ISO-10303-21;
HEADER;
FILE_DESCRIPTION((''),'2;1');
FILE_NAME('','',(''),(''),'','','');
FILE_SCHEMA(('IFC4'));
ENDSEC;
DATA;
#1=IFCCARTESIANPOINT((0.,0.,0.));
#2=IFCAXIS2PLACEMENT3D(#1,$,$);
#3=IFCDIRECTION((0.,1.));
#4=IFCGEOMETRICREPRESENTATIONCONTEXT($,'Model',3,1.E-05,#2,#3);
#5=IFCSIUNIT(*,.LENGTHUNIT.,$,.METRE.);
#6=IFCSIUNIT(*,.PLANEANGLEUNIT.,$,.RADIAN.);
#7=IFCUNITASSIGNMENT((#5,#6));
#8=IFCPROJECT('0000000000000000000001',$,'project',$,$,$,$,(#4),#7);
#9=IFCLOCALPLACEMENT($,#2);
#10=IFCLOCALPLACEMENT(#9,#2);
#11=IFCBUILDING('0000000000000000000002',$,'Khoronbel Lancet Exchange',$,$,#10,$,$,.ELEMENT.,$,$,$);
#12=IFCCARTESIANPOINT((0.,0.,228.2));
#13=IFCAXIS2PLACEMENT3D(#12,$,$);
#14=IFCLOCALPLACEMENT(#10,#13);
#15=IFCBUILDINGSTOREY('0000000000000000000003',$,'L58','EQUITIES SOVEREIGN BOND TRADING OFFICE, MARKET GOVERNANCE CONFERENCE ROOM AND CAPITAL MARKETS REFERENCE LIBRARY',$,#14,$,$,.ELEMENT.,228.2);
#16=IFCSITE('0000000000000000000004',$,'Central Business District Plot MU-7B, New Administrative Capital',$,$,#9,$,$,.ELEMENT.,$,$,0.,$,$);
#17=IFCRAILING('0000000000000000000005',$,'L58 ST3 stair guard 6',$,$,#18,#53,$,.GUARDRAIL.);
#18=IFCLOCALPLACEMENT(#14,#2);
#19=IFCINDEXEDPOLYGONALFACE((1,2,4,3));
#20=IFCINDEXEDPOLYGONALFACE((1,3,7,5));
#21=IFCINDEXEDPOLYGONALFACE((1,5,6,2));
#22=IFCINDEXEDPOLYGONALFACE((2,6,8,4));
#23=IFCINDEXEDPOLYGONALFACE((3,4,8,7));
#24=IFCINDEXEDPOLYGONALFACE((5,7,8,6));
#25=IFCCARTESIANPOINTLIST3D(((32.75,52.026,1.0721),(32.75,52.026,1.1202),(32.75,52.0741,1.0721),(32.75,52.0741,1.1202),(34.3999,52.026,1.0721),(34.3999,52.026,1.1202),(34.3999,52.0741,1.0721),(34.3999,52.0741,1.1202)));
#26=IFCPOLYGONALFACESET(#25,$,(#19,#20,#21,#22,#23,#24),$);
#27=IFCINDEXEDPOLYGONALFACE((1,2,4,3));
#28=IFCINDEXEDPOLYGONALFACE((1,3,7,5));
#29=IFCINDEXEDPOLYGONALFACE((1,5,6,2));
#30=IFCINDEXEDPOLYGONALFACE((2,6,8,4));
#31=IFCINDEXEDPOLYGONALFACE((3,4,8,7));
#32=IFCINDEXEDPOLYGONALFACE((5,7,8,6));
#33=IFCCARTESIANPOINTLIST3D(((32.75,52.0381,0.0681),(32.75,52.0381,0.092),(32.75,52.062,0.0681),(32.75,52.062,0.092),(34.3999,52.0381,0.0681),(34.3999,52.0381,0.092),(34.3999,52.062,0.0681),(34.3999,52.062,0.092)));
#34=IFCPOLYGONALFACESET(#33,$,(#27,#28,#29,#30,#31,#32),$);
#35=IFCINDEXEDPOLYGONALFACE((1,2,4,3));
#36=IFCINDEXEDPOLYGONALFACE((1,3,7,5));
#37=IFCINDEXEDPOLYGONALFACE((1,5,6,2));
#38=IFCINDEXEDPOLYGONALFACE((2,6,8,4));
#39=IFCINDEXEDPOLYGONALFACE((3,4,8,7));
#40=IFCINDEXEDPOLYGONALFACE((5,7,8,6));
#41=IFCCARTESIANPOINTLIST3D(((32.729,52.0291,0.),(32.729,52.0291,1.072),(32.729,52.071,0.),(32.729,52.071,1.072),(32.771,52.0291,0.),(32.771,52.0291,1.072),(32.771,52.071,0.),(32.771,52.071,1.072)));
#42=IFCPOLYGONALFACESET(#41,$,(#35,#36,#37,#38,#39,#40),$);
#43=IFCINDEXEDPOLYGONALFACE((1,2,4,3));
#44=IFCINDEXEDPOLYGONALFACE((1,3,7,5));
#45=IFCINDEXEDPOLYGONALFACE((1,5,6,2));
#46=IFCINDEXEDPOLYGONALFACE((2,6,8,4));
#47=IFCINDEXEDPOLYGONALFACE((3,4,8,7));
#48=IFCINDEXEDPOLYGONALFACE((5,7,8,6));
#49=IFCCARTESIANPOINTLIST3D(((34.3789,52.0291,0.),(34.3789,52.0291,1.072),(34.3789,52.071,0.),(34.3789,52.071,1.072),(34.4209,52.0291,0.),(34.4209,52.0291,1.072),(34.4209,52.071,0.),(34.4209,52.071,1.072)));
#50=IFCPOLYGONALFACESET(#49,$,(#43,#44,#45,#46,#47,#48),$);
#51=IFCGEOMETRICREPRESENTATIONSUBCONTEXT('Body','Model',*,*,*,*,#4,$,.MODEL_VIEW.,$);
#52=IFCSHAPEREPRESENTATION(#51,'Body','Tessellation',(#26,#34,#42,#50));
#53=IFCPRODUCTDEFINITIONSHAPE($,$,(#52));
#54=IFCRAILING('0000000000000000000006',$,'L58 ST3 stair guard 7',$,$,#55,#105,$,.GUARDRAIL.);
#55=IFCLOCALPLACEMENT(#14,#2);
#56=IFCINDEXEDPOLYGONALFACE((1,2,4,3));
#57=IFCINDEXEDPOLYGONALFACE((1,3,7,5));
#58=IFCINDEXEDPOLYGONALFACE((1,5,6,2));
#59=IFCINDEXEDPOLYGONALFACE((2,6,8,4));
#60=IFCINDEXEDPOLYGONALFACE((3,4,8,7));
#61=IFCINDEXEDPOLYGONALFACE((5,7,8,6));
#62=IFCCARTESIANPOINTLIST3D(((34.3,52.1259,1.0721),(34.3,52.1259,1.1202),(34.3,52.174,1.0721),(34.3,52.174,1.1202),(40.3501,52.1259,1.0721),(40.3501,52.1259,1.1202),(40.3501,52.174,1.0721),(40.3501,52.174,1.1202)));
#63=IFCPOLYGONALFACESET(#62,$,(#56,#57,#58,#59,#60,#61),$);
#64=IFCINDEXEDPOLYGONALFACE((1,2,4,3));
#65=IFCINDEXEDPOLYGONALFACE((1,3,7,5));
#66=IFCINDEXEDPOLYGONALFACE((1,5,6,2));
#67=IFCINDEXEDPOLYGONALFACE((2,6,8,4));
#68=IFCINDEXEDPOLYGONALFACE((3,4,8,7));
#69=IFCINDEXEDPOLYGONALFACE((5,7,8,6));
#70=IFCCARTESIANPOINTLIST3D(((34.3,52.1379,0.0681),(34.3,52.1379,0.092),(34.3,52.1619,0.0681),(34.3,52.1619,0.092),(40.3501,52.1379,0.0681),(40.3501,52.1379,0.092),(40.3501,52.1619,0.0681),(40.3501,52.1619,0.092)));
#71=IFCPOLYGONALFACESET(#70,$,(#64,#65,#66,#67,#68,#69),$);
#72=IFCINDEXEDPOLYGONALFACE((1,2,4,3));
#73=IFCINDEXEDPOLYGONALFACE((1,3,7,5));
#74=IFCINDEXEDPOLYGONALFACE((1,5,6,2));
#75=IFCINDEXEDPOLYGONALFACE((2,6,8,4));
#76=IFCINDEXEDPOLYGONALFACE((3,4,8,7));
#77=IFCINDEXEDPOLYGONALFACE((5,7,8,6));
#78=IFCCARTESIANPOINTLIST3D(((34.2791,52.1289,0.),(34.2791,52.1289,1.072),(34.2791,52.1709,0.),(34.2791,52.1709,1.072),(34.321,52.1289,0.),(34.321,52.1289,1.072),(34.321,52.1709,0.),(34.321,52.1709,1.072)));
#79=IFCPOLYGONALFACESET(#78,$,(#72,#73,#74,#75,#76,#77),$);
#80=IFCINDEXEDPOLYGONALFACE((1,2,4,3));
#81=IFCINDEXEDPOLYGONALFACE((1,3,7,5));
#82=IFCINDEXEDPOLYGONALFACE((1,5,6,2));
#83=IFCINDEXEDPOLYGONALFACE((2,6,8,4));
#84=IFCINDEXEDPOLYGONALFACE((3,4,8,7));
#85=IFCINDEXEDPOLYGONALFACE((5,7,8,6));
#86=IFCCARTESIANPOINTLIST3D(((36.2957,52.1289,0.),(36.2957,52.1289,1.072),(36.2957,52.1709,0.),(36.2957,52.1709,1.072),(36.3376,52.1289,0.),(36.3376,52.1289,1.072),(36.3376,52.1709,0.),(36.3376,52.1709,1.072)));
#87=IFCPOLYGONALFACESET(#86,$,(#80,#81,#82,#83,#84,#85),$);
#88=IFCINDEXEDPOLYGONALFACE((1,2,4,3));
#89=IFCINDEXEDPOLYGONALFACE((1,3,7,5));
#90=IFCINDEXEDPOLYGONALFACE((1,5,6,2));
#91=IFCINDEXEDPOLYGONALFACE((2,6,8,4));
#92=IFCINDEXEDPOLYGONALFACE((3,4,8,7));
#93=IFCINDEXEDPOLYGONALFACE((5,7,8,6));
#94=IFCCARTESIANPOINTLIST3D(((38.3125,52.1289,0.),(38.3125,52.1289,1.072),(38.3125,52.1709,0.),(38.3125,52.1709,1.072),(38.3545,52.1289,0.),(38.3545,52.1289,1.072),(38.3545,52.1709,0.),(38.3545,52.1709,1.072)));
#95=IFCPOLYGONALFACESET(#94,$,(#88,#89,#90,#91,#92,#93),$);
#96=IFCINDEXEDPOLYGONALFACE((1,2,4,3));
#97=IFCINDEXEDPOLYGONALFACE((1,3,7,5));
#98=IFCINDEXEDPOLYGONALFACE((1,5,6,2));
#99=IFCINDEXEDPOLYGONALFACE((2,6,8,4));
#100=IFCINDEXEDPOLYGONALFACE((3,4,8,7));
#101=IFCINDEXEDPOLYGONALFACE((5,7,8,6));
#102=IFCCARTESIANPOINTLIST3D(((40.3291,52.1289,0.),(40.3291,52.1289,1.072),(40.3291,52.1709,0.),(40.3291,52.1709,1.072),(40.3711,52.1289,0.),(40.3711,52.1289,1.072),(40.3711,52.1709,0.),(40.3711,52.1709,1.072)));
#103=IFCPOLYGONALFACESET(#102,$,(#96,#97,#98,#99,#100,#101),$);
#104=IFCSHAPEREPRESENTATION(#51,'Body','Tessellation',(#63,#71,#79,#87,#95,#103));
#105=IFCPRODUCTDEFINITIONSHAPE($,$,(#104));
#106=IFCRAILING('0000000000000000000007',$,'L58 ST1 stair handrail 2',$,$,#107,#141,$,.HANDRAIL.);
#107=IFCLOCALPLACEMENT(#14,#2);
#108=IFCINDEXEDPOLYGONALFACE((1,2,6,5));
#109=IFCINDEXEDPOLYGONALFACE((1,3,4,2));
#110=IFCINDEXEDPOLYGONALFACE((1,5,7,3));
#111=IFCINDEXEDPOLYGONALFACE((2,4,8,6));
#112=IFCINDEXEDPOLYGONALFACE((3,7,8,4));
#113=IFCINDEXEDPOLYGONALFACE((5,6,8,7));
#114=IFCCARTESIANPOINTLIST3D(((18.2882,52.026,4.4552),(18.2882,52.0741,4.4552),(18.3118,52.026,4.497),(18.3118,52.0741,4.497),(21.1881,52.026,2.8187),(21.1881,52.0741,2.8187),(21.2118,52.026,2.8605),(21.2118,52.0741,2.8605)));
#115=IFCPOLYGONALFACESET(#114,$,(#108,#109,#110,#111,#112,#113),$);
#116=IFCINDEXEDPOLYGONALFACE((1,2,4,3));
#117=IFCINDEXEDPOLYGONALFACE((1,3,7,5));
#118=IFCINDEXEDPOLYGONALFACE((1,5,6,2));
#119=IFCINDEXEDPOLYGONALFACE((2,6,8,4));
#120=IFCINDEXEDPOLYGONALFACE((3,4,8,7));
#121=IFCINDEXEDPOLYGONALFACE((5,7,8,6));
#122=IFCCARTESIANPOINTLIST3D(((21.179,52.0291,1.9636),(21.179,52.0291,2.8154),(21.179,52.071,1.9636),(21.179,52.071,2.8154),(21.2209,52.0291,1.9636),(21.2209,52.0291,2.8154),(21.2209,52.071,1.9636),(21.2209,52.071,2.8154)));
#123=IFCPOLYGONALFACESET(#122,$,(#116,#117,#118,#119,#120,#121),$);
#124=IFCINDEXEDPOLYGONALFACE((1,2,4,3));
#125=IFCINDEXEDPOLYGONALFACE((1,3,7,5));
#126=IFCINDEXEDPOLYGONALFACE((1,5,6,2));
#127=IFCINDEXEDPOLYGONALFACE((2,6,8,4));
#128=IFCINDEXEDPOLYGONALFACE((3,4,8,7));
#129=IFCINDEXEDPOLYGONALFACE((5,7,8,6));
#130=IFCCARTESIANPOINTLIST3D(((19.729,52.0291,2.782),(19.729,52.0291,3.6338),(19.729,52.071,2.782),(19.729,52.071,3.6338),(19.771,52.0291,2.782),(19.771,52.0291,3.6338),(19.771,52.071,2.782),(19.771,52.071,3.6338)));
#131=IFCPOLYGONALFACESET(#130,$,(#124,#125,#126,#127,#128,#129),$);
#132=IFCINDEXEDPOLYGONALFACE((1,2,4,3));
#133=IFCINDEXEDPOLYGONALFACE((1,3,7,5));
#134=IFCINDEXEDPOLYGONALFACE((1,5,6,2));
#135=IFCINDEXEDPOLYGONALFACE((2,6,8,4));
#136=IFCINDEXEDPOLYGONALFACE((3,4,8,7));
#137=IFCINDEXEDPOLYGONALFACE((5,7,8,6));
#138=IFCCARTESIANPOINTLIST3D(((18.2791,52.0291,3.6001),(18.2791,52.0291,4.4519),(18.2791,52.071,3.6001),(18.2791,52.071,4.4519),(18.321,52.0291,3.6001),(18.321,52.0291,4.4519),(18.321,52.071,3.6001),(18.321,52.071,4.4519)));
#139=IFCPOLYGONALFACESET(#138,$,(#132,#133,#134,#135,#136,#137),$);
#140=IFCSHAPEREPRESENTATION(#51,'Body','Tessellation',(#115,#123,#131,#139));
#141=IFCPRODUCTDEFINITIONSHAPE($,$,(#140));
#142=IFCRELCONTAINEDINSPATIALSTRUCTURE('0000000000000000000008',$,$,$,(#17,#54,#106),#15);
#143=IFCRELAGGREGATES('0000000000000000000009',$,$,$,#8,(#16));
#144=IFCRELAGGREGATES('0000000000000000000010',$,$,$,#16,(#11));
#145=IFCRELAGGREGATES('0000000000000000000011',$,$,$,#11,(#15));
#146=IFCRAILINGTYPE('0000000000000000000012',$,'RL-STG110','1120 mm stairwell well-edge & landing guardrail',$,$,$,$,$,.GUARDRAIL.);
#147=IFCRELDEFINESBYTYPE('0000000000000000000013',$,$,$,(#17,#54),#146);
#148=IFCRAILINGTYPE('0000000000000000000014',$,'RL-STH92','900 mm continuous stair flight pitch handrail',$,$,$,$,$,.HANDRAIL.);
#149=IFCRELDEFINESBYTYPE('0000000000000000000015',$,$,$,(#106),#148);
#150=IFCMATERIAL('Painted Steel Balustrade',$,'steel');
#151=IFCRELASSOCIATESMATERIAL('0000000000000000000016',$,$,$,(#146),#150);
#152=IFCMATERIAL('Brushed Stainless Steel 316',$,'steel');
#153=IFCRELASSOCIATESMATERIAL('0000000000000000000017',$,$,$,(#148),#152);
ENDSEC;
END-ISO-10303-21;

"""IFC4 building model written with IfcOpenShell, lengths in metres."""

from ifc_helpers import new_model, si_unit, direction, frame, origin, origin_2d, place, context, subcontext, project, spatial, rectangle, extrude, material, type_object, element, save


model = new_model("IFC4")

# Units and contexts
model_context = context("Model", 3, precision=1e-05, world=origin(), true_north=direction((0.0, 1.0)))
body_context = subcontext(model_context, "Body", "Model", "MODEL_VIEW")
ifc_project = project(units=[si_unit("LENGTHUNIT", "METRE"), si_unit("PLANEANGLEUNIT", "RADIAN")], contexts=[model_context])

# Site, building, storey
site_placement = place(None, origin())
site = spatial("IfcSite", under=ifc_project, at=site_placement, Name="Central Business District Plot MU-7B, New Administrative Capital", CompositionType="ELEMENT", RefElevation=0.0)
building_placement = place(site_placement, origin())
building = spatial("IfcBuilding", under=site, at=building_placement, Name="Khoronbel Lancet Exchange", CompositionType="ELEMENT")
storey_placement = place(building_placement, frame((0.0, 0.0, 228.2)))
storey = spatial("IfcBuildingStorey", under=building, at=storey_placement, Name="L58", Description="EQUITIES SOVEREIGN BOND TRADING OFFICE, MARKET GOVERNANCE CONFERENCE ROOM AND CAPITAL MARKETS REFERENCE LIBRARY", CompositionType="ELEMENT", Elevation=228.2)

# Railings
ifc_material_1 = material(Name="Painted Steel Balustrade", Category="steel")
railing_type_1 = type_object("IfcRailingType", Name="RL-STG110", Description="1120 mm stairwell well-edge & landing guardrail", PredefinedType="GUARDRAIL", material=ifc_material_1)
railing_1_placement = place(storey_placement, frame((32.75, 52.05, 0.0)))
element("IfcRailing", 1, at=railing_1_placement, inside=storey, type_object=railing_type_1, Name="L58 ST3 stair guard 6", PredefinedType="GUARDRAIL", context=body_context, shape_type="SweptSolid", body=[
    extrude(rectangle(XDim=0.0481, YDim=0.0481, at=origin_2d()), frame((0.0, 0.0, 1.0962), z_axis=(1.0, 0.0, 0.0), x_axis=(0.0, 1.0, 0.0)), (0.0, 0.0, 1.0), 1.6499),
    extrude(rectangle(XDim=0.0239, YDim=0.0239, at=origin_2d()), frame((0.0, 0.0, 0.0801), z_axis=(1.0, 0.0, 0.0), x_axis=(0.0, 1.0, 0.0)), (0.0, 0.0, 1.0), 1.6499),
    extrude(rectangle(XDim=0.042, YDim=0.042, at=origin_2d()), origin(), (0.0, 0.0, 1.0), 1.072),
    extrude(rectangle(XDim=0.042, YDim=0.042, at=origin_2d()), frame((1.6499, 0.0, 0.0)), (0.0, 0.0, 1.0), 1.072),
])
railing_2_placement = place(storey_placement, frame((34.3, 52.1499, 0.0)))
element("IfcRailing", 2, at=railing_2_placement, inside=storey, type_object=railing_type_1, Name="L58 ST3 stair guard 7", PredefinedType="GUARDRAIL", context=body_context, shape_type="SweptSolid", body=[
    extrude(rectangle(XDim=0.0481, YDim=0.0481, at=origin_2d()), frame((0.0, 0.0, 1.0962), z_axis=(1.0, 0.0, 0.0), x_axis=(0.0, 1.0, 0.0)), (0.0, 0.0, 1.0), 6.05),
    extrude(rectangle(XDim=0.0239, YDim=0.0239, at=origin_2d()), frame((0.0, 0.0, 0.0801), z_axis=(1.0, 0.0, 0.0), x_axis=(0.0, 1.0, 0.0)), (0.0, 0.0, 1.0), 6.05),
    extrude(rectangle(XDim=0.042, YDim=0.042, at=origin_2d()), origin(), (0.0, 0.0, 1.0), 1.072),
    extrude(rectangle(XDim=0.042, YDim=0.042, at=origin_2d()), frame((2.0166, 0.0, 0.0)), (0.0, 0.0, 1.0), 1.072),
    extrude(rectangle(XDim=0.042, YDim=0.042, at=origin_2d()), frame((4.0334, 0.0, 0.0)), (0.0, 0.0, 1.0), 1.072),
    extrude(rectangle(XDim=0.042, YDim=0.042, at=origin_2d()), frame((6.05, 0.0, 0.0)), (0.0, 0.0, 1.0), 1.072),
])
ifc_material_2 = material(Name="Brushed Stainless Steel 316", Category="steel")
railing_type_2 = type_object("IfcRailingType", Name="RL-STH92", Description="900 mm continuous stair flight pitch handrail", PredefinedType="HANDRAIL", material=ifc_material_2)
railing_3_placement = place(storey_placement, frame((21.2, 52.05, 1.9636)))
element("IfcRailing", 3, at=railing_3_placement, inside=storey, type_object=railing_type_2, Name="L58 ST1 stair handrail 2", PredefinedType="HANDRAIL", context=body_context, shape_type="SweptSolid", body=[
    extrude(rectangle(XDim=0.0481, YDim=0.0481, at=origin_2d()), frame((0.0, 0.0, 0.876), z_axis=(-0.870897, 0.0, 0.491465), x_axis=(0.0, -1.0, 0.0)), (0.0, 0.0, 1.0), 3.3298),
    extrude(rectangle(XDim=0.042, YDim=0.042, at=origin_2d()), origin(), (0.0, 0.0, 1.0), 0.8518),
    extrude(rectangle(XDim=0.042, YDim=0.042, at=origin_2d()), frame((-1.45, 0.0, 0.8184)), (0.0, 0.0, 1.0), 0.8518),
    extrude(rectangle(XDim=0.042, YDim=0.042, at=origin_2d()), frame((-2.8999, 0.0, 1.6365)), (0.0, 0.0, 1.0), 0.8518),
])

save(model, "model.ifc")
